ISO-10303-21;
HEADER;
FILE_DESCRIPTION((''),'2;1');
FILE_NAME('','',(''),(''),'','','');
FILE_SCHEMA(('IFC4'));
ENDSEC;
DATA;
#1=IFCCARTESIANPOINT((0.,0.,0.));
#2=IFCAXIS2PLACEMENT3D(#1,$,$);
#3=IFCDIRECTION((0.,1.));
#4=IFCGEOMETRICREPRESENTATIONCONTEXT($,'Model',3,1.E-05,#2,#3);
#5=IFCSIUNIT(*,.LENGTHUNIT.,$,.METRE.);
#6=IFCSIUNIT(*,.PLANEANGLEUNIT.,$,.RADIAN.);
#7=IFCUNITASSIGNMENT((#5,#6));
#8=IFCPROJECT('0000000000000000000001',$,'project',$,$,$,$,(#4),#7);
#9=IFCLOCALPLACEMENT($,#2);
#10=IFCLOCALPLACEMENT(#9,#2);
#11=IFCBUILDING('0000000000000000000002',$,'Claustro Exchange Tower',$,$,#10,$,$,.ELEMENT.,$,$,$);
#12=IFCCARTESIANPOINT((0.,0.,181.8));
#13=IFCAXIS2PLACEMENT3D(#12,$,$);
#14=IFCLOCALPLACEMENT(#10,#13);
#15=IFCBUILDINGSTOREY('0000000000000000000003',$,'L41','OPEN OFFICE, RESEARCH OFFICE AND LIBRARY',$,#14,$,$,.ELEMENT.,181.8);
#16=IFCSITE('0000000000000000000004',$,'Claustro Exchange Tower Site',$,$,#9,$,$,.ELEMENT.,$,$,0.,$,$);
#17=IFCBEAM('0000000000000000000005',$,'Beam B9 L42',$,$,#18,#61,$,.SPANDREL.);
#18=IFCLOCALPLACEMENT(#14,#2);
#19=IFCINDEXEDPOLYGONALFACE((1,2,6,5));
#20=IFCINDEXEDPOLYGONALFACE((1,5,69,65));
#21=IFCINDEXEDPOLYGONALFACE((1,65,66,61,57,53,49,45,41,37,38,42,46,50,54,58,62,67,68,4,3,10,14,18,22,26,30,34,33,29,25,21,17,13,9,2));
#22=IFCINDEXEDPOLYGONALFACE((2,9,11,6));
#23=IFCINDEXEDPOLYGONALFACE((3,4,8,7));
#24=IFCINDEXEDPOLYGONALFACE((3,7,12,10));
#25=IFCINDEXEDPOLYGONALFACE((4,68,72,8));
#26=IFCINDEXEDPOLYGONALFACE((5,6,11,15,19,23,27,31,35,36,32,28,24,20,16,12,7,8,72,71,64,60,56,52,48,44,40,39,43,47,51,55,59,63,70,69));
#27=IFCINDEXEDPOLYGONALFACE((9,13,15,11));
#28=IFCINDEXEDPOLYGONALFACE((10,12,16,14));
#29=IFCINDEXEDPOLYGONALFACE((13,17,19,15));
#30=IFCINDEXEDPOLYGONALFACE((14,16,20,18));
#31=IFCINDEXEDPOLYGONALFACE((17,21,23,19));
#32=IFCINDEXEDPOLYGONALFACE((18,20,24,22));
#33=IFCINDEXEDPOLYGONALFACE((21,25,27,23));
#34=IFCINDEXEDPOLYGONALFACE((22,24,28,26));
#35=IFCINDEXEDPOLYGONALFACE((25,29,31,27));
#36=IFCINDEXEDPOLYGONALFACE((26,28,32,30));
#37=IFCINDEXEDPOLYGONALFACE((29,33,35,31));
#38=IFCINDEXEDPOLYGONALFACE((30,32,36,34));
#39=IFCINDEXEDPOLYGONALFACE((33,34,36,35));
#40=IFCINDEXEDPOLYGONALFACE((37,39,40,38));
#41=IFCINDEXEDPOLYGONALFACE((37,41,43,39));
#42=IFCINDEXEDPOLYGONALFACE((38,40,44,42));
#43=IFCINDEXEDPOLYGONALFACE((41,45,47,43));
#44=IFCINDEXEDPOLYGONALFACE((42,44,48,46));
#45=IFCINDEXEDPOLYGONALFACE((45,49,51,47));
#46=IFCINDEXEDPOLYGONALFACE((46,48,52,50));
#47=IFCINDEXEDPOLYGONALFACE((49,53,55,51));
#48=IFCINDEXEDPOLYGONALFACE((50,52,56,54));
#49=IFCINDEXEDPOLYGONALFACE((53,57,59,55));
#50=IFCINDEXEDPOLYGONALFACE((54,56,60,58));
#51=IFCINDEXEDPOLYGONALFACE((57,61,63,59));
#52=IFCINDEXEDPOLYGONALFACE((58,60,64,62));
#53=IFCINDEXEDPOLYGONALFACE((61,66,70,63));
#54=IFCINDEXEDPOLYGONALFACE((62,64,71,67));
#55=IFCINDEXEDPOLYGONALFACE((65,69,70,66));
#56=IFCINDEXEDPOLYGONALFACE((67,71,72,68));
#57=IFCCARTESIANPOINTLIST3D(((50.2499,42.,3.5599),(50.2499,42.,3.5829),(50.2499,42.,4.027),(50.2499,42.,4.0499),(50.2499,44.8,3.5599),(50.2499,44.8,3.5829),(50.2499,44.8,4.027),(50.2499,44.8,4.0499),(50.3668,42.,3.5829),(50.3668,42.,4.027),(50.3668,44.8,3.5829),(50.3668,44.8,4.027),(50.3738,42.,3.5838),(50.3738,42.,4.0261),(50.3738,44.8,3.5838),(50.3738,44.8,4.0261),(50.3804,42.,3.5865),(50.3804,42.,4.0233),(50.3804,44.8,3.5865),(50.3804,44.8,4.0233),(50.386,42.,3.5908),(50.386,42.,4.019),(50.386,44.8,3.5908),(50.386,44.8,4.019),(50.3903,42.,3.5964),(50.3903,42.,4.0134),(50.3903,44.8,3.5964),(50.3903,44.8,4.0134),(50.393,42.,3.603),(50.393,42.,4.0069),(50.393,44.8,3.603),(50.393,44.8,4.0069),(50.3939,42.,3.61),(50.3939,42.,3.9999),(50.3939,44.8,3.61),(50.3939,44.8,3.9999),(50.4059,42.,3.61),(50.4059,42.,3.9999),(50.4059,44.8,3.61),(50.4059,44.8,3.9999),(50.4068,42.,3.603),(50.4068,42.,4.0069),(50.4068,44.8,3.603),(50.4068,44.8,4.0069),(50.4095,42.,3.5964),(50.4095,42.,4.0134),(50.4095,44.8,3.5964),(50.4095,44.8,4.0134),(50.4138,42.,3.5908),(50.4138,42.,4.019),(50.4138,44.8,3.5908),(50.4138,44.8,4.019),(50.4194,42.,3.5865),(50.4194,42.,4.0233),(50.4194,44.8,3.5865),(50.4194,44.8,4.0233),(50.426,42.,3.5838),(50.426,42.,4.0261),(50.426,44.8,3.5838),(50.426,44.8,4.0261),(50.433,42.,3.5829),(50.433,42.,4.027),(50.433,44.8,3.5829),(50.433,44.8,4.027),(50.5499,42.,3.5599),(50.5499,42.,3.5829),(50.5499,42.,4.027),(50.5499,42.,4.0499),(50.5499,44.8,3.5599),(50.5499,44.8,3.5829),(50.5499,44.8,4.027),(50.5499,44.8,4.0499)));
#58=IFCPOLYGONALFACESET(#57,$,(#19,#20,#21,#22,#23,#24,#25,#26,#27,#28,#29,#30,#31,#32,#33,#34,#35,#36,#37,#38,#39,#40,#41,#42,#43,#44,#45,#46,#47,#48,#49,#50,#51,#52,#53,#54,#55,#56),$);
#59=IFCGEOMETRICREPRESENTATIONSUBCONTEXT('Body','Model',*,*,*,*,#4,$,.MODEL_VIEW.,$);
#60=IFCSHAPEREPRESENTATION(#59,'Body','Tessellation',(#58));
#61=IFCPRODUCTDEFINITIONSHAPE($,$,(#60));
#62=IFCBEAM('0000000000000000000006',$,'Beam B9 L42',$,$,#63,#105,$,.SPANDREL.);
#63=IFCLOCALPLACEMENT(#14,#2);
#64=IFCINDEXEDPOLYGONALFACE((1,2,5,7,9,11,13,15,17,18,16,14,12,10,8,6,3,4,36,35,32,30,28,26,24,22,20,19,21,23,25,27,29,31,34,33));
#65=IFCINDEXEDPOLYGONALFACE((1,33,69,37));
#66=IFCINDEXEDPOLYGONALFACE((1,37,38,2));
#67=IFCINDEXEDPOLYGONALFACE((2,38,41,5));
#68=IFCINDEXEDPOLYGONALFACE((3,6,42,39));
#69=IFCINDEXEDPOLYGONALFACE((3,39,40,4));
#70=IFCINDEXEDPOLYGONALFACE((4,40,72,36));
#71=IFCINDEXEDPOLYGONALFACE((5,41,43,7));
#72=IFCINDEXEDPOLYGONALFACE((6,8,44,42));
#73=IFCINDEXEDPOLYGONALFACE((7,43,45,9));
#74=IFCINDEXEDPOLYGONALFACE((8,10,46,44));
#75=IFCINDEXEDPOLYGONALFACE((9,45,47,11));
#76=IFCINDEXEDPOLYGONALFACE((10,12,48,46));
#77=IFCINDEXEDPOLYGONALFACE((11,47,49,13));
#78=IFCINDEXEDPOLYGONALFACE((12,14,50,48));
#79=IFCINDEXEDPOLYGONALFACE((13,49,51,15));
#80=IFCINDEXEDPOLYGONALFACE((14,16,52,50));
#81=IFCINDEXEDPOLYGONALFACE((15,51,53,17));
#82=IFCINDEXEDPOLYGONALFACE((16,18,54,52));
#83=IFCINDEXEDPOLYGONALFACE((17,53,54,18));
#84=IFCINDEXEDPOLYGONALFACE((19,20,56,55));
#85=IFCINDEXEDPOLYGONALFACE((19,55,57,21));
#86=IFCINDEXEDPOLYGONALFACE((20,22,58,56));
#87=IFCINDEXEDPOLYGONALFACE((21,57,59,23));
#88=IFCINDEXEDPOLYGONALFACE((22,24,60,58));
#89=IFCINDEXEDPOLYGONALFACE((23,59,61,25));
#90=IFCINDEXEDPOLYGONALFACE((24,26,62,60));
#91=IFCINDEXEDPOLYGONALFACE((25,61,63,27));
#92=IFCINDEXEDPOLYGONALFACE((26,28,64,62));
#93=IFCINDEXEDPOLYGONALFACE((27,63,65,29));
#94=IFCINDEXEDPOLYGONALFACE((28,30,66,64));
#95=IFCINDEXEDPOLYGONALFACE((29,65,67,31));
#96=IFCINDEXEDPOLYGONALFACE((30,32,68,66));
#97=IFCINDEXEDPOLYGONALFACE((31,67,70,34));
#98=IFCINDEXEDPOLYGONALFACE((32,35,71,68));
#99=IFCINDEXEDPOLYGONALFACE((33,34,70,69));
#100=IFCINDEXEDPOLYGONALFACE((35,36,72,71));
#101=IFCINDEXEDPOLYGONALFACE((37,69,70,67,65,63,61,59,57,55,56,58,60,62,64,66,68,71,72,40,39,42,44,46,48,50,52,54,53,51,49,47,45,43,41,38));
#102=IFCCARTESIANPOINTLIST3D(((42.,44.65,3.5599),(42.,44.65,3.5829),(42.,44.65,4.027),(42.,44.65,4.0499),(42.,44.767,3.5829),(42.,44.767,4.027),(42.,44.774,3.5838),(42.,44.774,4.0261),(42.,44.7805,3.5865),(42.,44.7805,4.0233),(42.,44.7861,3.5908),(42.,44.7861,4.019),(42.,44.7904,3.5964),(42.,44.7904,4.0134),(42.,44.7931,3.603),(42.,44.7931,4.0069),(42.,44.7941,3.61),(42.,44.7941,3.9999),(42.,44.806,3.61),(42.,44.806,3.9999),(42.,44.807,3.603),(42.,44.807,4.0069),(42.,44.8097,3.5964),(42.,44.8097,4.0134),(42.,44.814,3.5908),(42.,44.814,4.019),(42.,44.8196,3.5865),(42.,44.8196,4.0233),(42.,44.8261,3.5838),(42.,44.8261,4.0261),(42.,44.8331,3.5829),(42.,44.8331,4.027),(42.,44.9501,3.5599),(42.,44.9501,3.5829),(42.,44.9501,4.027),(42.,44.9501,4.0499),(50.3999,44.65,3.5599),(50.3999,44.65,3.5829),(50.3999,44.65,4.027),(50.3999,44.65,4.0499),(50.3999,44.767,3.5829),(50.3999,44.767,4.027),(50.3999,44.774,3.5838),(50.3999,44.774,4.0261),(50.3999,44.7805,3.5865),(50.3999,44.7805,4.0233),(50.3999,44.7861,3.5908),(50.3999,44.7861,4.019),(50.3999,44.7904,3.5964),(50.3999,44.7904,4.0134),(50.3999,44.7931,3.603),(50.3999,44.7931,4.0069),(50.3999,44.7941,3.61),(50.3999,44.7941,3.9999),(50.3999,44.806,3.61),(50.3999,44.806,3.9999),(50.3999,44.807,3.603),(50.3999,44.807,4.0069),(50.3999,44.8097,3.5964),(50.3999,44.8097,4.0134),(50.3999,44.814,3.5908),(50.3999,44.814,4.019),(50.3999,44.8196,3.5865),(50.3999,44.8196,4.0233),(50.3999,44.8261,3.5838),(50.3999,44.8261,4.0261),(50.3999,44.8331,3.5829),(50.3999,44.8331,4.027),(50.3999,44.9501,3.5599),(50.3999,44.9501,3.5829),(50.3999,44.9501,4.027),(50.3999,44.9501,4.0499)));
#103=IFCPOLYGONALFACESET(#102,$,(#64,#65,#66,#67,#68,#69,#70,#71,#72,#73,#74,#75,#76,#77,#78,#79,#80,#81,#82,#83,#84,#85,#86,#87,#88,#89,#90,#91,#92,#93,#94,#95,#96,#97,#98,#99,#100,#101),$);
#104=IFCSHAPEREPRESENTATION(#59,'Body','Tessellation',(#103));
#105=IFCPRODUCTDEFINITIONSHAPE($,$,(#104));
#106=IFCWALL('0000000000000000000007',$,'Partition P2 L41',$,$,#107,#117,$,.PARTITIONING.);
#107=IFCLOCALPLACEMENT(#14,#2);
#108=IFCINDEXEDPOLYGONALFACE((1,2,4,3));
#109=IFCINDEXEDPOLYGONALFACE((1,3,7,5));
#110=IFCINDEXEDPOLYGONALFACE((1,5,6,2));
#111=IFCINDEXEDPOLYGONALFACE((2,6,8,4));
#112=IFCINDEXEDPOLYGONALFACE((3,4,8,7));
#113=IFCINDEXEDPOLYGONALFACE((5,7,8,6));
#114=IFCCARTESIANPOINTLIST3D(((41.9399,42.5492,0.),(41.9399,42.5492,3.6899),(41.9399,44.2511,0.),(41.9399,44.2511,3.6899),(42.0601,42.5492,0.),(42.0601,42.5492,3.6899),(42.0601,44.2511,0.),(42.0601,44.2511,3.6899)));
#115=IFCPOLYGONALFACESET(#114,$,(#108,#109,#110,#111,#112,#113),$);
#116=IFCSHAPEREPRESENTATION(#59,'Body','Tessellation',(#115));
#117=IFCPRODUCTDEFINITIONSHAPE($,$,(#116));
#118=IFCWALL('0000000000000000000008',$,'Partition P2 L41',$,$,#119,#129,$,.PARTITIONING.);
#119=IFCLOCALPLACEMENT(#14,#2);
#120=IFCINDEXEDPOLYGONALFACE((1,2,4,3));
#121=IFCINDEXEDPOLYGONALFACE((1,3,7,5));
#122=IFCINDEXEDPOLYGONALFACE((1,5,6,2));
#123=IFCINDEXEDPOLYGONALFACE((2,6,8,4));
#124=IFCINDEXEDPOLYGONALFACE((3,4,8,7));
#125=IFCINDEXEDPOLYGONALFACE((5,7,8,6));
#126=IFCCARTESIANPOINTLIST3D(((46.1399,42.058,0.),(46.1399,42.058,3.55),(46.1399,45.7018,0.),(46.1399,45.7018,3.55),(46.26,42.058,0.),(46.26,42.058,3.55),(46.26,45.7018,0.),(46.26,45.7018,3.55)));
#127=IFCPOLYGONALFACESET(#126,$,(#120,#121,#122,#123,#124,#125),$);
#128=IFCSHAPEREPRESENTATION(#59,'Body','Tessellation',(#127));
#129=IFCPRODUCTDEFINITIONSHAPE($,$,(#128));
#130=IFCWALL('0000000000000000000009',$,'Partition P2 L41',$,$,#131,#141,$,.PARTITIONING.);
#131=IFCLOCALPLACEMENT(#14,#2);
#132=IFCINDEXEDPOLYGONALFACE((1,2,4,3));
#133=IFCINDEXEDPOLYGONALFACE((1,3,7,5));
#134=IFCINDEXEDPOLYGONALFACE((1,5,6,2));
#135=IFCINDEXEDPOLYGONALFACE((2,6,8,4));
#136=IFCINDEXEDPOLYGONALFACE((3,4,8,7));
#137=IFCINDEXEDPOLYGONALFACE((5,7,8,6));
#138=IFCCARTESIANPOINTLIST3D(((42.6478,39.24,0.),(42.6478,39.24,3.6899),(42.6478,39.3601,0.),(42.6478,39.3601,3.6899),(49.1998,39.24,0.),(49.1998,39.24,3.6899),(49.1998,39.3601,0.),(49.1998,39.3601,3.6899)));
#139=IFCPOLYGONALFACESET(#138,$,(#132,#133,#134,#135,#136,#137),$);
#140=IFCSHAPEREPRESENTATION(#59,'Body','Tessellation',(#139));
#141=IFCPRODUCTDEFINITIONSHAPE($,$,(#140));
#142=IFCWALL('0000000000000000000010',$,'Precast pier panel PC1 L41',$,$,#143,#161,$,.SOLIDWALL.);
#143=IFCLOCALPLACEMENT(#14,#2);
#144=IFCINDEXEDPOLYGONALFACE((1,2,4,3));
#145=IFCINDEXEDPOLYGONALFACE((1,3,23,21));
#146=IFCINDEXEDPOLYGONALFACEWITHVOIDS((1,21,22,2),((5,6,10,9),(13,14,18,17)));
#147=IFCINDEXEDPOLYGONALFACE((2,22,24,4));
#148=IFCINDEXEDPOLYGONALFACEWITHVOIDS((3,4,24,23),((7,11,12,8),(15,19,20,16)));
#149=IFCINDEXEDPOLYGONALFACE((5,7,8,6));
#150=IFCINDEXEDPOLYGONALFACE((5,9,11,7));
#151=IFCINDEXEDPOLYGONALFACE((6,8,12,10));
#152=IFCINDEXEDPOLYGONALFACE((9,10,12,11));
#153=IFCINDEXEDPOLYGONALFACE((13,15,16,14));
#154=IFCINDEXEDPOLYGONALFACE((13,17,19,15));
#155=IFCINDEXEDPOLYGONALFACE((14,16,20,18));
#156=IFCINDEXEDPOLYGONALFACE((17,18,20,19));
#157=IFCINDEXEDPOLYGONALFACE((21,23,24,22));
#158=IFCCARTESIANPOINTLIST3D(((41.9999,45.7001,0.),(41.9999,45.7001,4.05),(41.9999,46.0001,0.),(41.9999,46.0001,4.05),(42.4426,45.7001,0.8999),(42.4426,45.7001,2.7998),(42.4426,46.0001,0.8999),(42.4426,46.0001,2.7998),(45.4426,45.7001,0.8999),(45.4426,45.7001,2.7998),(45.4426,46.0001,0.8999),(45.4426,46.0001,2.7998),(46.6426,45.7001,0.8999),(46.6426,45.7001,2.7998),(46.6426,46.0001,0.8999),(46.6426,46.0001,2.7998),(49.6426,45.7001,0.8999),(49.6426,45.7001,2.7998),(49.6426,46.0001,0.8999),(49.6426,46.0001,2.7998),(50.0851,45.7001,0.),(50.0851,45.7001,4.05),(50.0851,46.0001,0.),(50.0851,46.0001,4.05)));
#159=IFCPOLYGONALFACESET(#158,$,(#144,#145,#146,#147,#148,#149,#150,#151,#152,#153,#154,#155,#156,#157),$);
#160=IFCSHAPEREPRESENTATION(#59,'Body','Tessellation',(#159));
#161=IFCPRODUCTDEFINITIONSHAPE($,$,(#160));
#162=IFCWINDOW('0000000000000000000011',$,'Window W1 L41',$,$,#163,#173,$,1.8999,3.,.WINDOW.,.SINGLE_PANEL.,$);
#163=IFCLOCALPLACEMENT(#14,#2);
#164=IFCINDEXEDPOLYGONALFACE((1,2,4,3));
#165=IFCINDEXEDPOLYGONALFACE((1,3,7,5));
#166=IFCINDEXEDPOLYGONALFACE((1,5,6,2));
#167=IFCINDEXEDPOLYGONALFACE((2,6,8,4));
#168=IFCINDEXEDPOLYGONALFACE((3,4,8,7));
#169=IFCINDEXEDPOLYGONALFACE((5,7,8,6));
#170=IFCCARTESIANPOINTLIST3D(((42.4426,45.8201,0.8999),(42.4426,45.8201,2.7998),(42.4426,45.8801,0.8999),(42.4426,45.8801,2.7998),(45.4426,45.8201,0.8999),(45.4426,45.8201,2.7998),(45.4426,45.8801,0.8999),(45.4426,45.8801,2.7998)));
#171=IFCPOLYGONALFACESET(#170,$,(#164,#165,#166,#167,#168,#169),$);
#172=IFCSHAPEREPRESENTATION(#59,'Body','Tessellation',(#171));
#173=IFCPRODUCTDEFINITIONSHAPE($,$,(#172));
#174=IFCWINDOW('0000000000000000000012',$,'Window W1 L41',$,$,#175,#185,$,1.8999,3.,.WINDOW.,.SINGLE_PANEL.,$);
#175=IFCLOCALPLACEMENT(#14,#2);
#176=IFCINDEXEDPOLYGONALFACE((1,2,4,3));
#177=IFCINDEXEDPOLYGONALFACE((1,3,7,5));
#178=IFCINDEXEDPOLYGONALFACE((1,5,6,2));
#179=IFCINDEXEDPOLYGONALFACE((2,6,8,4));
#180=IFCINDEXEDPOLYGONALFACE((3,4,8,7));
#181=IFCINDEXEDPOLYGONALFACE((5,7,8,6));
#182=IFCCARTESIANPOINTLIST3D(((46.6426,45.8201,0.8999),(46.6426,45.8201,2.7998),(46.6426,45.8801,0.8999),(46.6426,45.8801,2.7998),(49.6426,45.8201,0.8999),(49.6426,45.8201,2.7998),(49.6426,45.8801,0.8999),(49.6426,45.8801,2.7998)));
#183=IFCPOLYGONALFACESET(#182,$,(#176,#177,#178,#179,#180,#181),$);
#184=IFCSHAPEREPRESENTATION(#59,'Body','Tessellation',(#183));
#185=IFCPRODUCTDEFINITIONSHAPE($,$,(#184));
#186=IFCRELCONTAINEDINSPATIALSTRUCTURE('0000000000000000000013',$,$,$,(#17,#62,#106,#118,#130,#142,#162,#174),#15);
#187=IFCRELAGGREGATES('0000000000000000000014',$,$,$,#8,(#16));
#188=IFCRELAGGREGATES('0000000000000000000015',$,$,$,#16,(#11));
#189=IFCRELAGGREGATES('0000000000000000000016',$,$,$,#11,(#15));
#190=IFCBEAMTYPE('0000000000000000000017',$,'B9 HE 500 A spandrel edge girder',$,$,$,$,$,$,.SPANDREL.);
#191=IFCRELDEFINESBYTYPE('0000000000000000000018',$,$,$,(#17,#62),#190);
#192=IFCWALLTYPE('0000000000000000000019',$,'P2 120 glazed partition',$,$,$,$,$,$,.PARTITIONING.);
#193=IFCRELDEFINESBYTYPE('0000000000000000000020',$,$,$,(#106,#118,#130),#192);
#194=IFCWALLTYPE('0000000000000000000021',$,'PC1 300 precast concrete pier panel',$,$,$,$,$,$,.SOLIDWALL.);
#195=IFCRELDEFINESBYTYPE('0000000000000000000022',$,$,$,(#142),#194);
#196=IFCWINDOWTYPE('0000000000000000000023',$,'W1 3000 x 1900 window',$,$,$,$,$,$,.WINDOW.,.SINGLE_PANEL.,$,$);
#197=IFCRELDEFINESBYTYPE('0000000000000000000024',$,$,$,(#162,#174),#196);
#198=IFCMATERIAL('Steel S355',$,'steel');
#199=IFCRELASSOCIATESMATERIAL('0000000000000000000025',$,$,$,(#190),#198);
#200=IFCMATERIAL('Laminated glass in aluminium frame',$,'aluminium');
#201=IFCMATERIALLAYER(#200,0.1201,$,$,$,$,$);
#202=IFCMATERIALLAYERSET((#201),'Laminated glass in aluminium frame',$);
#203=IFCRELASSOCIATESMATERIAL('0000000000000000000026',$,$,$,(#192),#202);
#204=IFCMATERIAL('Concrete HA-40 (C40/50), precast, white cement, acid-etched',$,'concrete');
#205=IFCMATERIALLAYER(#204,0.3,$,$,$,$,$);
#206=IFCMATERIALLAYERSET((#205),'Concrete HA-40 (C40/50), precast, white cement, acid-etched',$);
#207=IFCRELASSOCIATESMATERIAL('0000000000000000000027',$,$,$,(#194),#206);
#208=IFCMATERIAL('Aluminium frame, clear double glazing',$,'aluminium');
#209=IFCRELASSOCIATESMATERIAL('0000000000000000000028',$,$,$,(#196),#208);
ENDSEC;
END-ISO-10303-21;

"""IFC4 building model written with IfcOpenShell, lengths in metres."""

from ifc_helpers import new_model, si_unit, direction, frame, frame_2d, origin, origin_2d, place, context, subcontext, project, spatial, rectangle, i_section, extrude, material, layer, layer_set, material_profile, profile_set, type_object, element, fill, save


model = new_model("IFC4")

# Units and contexts
model_context = context("Model", 3, precision=1e-05, world=origin(), true_north=direction((0.0, 1.0)))
body_context = subcontext(model_context, "Body", "Model", "MODEL_VIEW")
ifc_project = project(units=[si_unit("LENGTHUNIT", "METRE"), si_unit("PLANEANGLEUNIT", "RADIAN")], contexts=[model_context])

# Site, building, storey
site_placement = place(None, origin())
site = spatial("IfcSite", under=ifc_project, at=site_placement, Name="Claustro Exchange Tower Site", CompositionType="ELEMENT", RefElevation=0.0)
building_placement = place(site_placement, origin())
building = spatial("IfcBuilding", under=site, at=building_placement, Name="Claustro Exchange Tower", CompositionType="ELEMENT")
storey_placement = place(building_placement, frame((0.0, 0.0, 181.8)))
storey = spatial("IfcBuildingStorey", under=building, at=storey_placement, Name="L41", Description="OPEN OFFICE, RESEARCH OFFICE AND LIBRARY", CompositionType="ELEMENT", Elevation=181.8)

# Beams
ifc_material_1 = material(Name="Steel S355", Category="steel")
ifc_material_profile_1 = material_profile(ifc_material_1, i_section(OverallWidth=0.3, OverallDepth=0.49, WebThickness=0.012, FlangeThickness=0.0229, FilletRadius=0.0271, at=origin_2d()), Name="HE 500 A")
ifc_profile_set_1 = profile_set([ifc_material_profile_1], Name="Steel S355")
beam_type_1 = type_object("IfcBeamType", Name="B9 HE 500 A spandrel edge girder", PredefinedType="SPANDREL", material=ifc_profile_set_1)
beam_1_placement = place(storey_placement, frame((50.3999, 42.0, 3.8049), z_axis=(0.0, 1.0, 0.0), x_axis=(-1.0, 0.0, 0.0)))
element("IfcBeam", 1, at=beam_1_placement, inside=storey, type_object=beam_type_1, Name="Beam B9 L42", PredefinedType="SPANDREL", context=body_context, shape_type="SweptSolid", body=[
    extrude(i_section(OverallWidth=0.3, OverallDepth=0.49, WebThickness=0.012, FlangeThickness=0.0229, FilletRadius=0.0271, at=origin_2d()), origin(), (0.0, 0.0, 1.0), 2.8),
])
beam_2_placement = place(storey_placement, frame((42.0, 44.8, 3.8049), z_axis=(1.0, 0.0, 0.0), x_axis=(0.0, 1.0, 0.0)))
element("IfcBeam", 2, at=beam_2_placement, inside=storey, type_object=beam_type_1, Name="Beam B9 L42", PredefinedType="SPANDREL", context=body_context, shape_type="SweptSolid", body=[
    extrude(i_section(OverallWidth=0.3, OverallDepth=0.49, WebThickness=0.012, FlangeThickness=0.0229, FilletRadius=0.0271, at=origin_2d()), origin(), (0.0, 0.0, 1.0), 8.3999),
])

# Shared definitions
ifc_material_2 = material(Name="Laminated glass in aluminium frame", Category="aluminium")
ifc_layer_1 = layer(ifc_material_2, 0.1201)
ifc_layer_set_1 = layer_set([ifc_layer_1], Name="Laminated glass in aluminium frame")
wall_type_1 = type_object("IfcWallType", Name="P2 120 glazed partition", PredefinedType="PARTITIONING", material=ifc_layer_set_1)

# Walls
wall_1_placement = place(storey_placement, frame((42.0, 42.5491, 0.0), z_axis=(0.0, 0.0, 1.0), x_axis=(0.0, 1.0, 0.0)))
element("IfcWall", 3, at=wall_1_placement, inside=storey, type_object=wall_type_1, Name="Partition P2 L41", PredefinedType="PARTITIONING", context=body_context, shape_type="SweptSolid", body=[
    extrude(rectangle(XDim=1.7019, YDim=0.1201, at=frame_2d((0.8511, 0.0))), origin(), (0.0, 0.0, 1.0), 3.6899),
])
wall_2_placement = place(storey_placement, frame((46.2, 42.0581, 0.0), z_axis=(0.0, 0.0, 1.0), x_axis=(0.0, 1.0, 0.0)))
element("IfcWall", 4, at=wall_2_placement, inside=storey, type_object=wall_type_1, Name="Partition P2 L41", PredefinedType="PARTITIONING", context=body_context, shape_type="SweptSolid", body=[
    extrude(rectangle(XDim=3.6438, YDim=0.1201, at=frame_2d((1.8218, 0.0))), origin(), (0.0, 0.0, 1.0), 3.55),
])
wall_3_placement = place(storey_placement, frame((42.6479, 39.3, 0.0), z_axis=(0.0, 0.0, 1.0), x_axis=(1.0, 0.0, 0.0)))
element("IfcWall", 5, at=wall_3_placement, inside=storey, type_object=wall_type_1, Name="Partition P2 L41", PredefinedType="PARTITIONING", context=body_context, shape_type="SweptSolid", body=[
    extrude(rectangle(XDim=6.552, YDim=0.1201, at=frame_2d((3.2759, 0.0))), origin(), (0.0, 0.0, 1.0), 3.6899),
])

# Wall, openings, windows
ifc_material_3 = material(Name="Concrete HA-40 (C40/50), precast, white cement, acid-etched", Category="concrete")
ifc_layer_2 = layer(ifc_material_3, 0.3)
ifc_layer_set_2 = layer_set([ifc_layer_2], Name="Concrete HA-40 (C40/50), precast, white cement, acid-etched")
wall_type_2 = type_object("IfcWallType", Name="PC1 300 precast concrete pier panel", PredefinedType="SOLIDWALL", material=ifc_layer_set_2)
wall_4_placement = place(storey_placement, frame((42.0, 45.8501, 0.0), z_axis=(0.0, 0.0, 1.0), x_axis=(1.0, 0.0, 0.0)))
wall_4 = element("IfcWall", 6, at=wall_4_placement, inside=storey, type_object=wall_type_2, Name="Precast pier panel PC1 L41", PredefinedType="SOLIDWALL", context=body_context, shape_type="SweptSolid", body=[
    extrude(rectangle(XDim=8.0852, YDim=0.3, at=frame_2d((4.0425, 0.0))), origin(), (0.0, 0.0, 1.0), 4.05),
])
opening_1_placement = place(wall_4_placement, frame((0.4426, 0.0, 0.8999)))
opening_1 = element("IfcOpeningElement", 7, at=opening_1_placement, cuts=wall_4, PredefinedType="OPENING", context=body_context, shape_type="SweptSolid", body=[
    extrude(rectangle(XDim=3.0, YDim=1.8999, at=frame_2d((1.5, 0.95))), frame((0.0, 0.1599, 0.0), z_axis=(0.0, -1.0, 0.0), x_axis=(1.0, 0.0, 0.0)), (0.0, 0.0, 1.0), 0.3201),
])
opening_2_placement = place(wall_4_placement, frame((4.6426, 0.0, 0.8999)))
opening_2 = element("IfcOpeningElement", 8, at=opening_2_placement, cuts=wall_4, PredefinedType="OPENING", context=body_context, shape_type="SweptSolid", body=[
    extrude(rectangle(XDim=3.0, YDim=1.8999, at=frame_2d((1.5, 0.95))), frame((0.0, 0.1599, 0.0), z_axis=(0.0, -1.0, 0.0), x_axis=(1.0, 0.0, 0.0)), (0.0, 0.0, 1.0), 0.3201),
])
ifc_material_4 = material(Name="Aluminium frame, clear double glazing", Category="aluminium")
window_type_1 = type_object("IfcWindowType", Name="W1 3000 x 1900 window", PartitioningType="SINGLE_PANEL", PredefinedType="WINDOW", material=ifc_material_4)
window_1_placement = place(opening_1_placement, origin())
window_1 = element("IfcWindow", 9, at=window_1_placement, inside=storey, type_object=window_type_1, Name="Window W1 L41", OverallHeight=1.8999, OverallWidth=3.0, PartitioningType="SINGLE_PANEL", PredefinedType="WINDOW", context=body_context, shape_type="SweptSolid", body=[
    extrude(rectangle(XDim=3.0, YDim=1.8999, at=frame_2d((1.5, 0.95))), frame((0.0, 0.03, 0.0), z_axis=(0.0, -1.0, 0.0), x_axis=(1.0, 0.0, 0.0)), (0.0, 0.0, 1.0), 0.0601),
])
fill(opening_1, window_1)
window_2_placement = place(opening_2_placement, origin())
window_2 = element("IfcWindow", 10, at=window_2_placement, inside=storey, type_object=window_type_1, Name="Window W1 L41", OverallHeight=1.8999, OverallWidth=3.0, PartitioningType="SINGLE_PANEL", PredefinedType="WINDOW", context=body_context, shape_type="SweptSolid", body=[
    extrude(rectangle(XDim=3.0, YDim=1.8999, at=frame_2d((1.5, 0.95))), frame((0.0, 0.03, 0.0), z_axis=(0.0, -1.0, 0.0), x_axis=(1.0, 0.0, 0.0)), (0.0, 0.0, 1.0), 0.0601),
])
fill(opening_2, window_2)

save(model, "model.ifc")
